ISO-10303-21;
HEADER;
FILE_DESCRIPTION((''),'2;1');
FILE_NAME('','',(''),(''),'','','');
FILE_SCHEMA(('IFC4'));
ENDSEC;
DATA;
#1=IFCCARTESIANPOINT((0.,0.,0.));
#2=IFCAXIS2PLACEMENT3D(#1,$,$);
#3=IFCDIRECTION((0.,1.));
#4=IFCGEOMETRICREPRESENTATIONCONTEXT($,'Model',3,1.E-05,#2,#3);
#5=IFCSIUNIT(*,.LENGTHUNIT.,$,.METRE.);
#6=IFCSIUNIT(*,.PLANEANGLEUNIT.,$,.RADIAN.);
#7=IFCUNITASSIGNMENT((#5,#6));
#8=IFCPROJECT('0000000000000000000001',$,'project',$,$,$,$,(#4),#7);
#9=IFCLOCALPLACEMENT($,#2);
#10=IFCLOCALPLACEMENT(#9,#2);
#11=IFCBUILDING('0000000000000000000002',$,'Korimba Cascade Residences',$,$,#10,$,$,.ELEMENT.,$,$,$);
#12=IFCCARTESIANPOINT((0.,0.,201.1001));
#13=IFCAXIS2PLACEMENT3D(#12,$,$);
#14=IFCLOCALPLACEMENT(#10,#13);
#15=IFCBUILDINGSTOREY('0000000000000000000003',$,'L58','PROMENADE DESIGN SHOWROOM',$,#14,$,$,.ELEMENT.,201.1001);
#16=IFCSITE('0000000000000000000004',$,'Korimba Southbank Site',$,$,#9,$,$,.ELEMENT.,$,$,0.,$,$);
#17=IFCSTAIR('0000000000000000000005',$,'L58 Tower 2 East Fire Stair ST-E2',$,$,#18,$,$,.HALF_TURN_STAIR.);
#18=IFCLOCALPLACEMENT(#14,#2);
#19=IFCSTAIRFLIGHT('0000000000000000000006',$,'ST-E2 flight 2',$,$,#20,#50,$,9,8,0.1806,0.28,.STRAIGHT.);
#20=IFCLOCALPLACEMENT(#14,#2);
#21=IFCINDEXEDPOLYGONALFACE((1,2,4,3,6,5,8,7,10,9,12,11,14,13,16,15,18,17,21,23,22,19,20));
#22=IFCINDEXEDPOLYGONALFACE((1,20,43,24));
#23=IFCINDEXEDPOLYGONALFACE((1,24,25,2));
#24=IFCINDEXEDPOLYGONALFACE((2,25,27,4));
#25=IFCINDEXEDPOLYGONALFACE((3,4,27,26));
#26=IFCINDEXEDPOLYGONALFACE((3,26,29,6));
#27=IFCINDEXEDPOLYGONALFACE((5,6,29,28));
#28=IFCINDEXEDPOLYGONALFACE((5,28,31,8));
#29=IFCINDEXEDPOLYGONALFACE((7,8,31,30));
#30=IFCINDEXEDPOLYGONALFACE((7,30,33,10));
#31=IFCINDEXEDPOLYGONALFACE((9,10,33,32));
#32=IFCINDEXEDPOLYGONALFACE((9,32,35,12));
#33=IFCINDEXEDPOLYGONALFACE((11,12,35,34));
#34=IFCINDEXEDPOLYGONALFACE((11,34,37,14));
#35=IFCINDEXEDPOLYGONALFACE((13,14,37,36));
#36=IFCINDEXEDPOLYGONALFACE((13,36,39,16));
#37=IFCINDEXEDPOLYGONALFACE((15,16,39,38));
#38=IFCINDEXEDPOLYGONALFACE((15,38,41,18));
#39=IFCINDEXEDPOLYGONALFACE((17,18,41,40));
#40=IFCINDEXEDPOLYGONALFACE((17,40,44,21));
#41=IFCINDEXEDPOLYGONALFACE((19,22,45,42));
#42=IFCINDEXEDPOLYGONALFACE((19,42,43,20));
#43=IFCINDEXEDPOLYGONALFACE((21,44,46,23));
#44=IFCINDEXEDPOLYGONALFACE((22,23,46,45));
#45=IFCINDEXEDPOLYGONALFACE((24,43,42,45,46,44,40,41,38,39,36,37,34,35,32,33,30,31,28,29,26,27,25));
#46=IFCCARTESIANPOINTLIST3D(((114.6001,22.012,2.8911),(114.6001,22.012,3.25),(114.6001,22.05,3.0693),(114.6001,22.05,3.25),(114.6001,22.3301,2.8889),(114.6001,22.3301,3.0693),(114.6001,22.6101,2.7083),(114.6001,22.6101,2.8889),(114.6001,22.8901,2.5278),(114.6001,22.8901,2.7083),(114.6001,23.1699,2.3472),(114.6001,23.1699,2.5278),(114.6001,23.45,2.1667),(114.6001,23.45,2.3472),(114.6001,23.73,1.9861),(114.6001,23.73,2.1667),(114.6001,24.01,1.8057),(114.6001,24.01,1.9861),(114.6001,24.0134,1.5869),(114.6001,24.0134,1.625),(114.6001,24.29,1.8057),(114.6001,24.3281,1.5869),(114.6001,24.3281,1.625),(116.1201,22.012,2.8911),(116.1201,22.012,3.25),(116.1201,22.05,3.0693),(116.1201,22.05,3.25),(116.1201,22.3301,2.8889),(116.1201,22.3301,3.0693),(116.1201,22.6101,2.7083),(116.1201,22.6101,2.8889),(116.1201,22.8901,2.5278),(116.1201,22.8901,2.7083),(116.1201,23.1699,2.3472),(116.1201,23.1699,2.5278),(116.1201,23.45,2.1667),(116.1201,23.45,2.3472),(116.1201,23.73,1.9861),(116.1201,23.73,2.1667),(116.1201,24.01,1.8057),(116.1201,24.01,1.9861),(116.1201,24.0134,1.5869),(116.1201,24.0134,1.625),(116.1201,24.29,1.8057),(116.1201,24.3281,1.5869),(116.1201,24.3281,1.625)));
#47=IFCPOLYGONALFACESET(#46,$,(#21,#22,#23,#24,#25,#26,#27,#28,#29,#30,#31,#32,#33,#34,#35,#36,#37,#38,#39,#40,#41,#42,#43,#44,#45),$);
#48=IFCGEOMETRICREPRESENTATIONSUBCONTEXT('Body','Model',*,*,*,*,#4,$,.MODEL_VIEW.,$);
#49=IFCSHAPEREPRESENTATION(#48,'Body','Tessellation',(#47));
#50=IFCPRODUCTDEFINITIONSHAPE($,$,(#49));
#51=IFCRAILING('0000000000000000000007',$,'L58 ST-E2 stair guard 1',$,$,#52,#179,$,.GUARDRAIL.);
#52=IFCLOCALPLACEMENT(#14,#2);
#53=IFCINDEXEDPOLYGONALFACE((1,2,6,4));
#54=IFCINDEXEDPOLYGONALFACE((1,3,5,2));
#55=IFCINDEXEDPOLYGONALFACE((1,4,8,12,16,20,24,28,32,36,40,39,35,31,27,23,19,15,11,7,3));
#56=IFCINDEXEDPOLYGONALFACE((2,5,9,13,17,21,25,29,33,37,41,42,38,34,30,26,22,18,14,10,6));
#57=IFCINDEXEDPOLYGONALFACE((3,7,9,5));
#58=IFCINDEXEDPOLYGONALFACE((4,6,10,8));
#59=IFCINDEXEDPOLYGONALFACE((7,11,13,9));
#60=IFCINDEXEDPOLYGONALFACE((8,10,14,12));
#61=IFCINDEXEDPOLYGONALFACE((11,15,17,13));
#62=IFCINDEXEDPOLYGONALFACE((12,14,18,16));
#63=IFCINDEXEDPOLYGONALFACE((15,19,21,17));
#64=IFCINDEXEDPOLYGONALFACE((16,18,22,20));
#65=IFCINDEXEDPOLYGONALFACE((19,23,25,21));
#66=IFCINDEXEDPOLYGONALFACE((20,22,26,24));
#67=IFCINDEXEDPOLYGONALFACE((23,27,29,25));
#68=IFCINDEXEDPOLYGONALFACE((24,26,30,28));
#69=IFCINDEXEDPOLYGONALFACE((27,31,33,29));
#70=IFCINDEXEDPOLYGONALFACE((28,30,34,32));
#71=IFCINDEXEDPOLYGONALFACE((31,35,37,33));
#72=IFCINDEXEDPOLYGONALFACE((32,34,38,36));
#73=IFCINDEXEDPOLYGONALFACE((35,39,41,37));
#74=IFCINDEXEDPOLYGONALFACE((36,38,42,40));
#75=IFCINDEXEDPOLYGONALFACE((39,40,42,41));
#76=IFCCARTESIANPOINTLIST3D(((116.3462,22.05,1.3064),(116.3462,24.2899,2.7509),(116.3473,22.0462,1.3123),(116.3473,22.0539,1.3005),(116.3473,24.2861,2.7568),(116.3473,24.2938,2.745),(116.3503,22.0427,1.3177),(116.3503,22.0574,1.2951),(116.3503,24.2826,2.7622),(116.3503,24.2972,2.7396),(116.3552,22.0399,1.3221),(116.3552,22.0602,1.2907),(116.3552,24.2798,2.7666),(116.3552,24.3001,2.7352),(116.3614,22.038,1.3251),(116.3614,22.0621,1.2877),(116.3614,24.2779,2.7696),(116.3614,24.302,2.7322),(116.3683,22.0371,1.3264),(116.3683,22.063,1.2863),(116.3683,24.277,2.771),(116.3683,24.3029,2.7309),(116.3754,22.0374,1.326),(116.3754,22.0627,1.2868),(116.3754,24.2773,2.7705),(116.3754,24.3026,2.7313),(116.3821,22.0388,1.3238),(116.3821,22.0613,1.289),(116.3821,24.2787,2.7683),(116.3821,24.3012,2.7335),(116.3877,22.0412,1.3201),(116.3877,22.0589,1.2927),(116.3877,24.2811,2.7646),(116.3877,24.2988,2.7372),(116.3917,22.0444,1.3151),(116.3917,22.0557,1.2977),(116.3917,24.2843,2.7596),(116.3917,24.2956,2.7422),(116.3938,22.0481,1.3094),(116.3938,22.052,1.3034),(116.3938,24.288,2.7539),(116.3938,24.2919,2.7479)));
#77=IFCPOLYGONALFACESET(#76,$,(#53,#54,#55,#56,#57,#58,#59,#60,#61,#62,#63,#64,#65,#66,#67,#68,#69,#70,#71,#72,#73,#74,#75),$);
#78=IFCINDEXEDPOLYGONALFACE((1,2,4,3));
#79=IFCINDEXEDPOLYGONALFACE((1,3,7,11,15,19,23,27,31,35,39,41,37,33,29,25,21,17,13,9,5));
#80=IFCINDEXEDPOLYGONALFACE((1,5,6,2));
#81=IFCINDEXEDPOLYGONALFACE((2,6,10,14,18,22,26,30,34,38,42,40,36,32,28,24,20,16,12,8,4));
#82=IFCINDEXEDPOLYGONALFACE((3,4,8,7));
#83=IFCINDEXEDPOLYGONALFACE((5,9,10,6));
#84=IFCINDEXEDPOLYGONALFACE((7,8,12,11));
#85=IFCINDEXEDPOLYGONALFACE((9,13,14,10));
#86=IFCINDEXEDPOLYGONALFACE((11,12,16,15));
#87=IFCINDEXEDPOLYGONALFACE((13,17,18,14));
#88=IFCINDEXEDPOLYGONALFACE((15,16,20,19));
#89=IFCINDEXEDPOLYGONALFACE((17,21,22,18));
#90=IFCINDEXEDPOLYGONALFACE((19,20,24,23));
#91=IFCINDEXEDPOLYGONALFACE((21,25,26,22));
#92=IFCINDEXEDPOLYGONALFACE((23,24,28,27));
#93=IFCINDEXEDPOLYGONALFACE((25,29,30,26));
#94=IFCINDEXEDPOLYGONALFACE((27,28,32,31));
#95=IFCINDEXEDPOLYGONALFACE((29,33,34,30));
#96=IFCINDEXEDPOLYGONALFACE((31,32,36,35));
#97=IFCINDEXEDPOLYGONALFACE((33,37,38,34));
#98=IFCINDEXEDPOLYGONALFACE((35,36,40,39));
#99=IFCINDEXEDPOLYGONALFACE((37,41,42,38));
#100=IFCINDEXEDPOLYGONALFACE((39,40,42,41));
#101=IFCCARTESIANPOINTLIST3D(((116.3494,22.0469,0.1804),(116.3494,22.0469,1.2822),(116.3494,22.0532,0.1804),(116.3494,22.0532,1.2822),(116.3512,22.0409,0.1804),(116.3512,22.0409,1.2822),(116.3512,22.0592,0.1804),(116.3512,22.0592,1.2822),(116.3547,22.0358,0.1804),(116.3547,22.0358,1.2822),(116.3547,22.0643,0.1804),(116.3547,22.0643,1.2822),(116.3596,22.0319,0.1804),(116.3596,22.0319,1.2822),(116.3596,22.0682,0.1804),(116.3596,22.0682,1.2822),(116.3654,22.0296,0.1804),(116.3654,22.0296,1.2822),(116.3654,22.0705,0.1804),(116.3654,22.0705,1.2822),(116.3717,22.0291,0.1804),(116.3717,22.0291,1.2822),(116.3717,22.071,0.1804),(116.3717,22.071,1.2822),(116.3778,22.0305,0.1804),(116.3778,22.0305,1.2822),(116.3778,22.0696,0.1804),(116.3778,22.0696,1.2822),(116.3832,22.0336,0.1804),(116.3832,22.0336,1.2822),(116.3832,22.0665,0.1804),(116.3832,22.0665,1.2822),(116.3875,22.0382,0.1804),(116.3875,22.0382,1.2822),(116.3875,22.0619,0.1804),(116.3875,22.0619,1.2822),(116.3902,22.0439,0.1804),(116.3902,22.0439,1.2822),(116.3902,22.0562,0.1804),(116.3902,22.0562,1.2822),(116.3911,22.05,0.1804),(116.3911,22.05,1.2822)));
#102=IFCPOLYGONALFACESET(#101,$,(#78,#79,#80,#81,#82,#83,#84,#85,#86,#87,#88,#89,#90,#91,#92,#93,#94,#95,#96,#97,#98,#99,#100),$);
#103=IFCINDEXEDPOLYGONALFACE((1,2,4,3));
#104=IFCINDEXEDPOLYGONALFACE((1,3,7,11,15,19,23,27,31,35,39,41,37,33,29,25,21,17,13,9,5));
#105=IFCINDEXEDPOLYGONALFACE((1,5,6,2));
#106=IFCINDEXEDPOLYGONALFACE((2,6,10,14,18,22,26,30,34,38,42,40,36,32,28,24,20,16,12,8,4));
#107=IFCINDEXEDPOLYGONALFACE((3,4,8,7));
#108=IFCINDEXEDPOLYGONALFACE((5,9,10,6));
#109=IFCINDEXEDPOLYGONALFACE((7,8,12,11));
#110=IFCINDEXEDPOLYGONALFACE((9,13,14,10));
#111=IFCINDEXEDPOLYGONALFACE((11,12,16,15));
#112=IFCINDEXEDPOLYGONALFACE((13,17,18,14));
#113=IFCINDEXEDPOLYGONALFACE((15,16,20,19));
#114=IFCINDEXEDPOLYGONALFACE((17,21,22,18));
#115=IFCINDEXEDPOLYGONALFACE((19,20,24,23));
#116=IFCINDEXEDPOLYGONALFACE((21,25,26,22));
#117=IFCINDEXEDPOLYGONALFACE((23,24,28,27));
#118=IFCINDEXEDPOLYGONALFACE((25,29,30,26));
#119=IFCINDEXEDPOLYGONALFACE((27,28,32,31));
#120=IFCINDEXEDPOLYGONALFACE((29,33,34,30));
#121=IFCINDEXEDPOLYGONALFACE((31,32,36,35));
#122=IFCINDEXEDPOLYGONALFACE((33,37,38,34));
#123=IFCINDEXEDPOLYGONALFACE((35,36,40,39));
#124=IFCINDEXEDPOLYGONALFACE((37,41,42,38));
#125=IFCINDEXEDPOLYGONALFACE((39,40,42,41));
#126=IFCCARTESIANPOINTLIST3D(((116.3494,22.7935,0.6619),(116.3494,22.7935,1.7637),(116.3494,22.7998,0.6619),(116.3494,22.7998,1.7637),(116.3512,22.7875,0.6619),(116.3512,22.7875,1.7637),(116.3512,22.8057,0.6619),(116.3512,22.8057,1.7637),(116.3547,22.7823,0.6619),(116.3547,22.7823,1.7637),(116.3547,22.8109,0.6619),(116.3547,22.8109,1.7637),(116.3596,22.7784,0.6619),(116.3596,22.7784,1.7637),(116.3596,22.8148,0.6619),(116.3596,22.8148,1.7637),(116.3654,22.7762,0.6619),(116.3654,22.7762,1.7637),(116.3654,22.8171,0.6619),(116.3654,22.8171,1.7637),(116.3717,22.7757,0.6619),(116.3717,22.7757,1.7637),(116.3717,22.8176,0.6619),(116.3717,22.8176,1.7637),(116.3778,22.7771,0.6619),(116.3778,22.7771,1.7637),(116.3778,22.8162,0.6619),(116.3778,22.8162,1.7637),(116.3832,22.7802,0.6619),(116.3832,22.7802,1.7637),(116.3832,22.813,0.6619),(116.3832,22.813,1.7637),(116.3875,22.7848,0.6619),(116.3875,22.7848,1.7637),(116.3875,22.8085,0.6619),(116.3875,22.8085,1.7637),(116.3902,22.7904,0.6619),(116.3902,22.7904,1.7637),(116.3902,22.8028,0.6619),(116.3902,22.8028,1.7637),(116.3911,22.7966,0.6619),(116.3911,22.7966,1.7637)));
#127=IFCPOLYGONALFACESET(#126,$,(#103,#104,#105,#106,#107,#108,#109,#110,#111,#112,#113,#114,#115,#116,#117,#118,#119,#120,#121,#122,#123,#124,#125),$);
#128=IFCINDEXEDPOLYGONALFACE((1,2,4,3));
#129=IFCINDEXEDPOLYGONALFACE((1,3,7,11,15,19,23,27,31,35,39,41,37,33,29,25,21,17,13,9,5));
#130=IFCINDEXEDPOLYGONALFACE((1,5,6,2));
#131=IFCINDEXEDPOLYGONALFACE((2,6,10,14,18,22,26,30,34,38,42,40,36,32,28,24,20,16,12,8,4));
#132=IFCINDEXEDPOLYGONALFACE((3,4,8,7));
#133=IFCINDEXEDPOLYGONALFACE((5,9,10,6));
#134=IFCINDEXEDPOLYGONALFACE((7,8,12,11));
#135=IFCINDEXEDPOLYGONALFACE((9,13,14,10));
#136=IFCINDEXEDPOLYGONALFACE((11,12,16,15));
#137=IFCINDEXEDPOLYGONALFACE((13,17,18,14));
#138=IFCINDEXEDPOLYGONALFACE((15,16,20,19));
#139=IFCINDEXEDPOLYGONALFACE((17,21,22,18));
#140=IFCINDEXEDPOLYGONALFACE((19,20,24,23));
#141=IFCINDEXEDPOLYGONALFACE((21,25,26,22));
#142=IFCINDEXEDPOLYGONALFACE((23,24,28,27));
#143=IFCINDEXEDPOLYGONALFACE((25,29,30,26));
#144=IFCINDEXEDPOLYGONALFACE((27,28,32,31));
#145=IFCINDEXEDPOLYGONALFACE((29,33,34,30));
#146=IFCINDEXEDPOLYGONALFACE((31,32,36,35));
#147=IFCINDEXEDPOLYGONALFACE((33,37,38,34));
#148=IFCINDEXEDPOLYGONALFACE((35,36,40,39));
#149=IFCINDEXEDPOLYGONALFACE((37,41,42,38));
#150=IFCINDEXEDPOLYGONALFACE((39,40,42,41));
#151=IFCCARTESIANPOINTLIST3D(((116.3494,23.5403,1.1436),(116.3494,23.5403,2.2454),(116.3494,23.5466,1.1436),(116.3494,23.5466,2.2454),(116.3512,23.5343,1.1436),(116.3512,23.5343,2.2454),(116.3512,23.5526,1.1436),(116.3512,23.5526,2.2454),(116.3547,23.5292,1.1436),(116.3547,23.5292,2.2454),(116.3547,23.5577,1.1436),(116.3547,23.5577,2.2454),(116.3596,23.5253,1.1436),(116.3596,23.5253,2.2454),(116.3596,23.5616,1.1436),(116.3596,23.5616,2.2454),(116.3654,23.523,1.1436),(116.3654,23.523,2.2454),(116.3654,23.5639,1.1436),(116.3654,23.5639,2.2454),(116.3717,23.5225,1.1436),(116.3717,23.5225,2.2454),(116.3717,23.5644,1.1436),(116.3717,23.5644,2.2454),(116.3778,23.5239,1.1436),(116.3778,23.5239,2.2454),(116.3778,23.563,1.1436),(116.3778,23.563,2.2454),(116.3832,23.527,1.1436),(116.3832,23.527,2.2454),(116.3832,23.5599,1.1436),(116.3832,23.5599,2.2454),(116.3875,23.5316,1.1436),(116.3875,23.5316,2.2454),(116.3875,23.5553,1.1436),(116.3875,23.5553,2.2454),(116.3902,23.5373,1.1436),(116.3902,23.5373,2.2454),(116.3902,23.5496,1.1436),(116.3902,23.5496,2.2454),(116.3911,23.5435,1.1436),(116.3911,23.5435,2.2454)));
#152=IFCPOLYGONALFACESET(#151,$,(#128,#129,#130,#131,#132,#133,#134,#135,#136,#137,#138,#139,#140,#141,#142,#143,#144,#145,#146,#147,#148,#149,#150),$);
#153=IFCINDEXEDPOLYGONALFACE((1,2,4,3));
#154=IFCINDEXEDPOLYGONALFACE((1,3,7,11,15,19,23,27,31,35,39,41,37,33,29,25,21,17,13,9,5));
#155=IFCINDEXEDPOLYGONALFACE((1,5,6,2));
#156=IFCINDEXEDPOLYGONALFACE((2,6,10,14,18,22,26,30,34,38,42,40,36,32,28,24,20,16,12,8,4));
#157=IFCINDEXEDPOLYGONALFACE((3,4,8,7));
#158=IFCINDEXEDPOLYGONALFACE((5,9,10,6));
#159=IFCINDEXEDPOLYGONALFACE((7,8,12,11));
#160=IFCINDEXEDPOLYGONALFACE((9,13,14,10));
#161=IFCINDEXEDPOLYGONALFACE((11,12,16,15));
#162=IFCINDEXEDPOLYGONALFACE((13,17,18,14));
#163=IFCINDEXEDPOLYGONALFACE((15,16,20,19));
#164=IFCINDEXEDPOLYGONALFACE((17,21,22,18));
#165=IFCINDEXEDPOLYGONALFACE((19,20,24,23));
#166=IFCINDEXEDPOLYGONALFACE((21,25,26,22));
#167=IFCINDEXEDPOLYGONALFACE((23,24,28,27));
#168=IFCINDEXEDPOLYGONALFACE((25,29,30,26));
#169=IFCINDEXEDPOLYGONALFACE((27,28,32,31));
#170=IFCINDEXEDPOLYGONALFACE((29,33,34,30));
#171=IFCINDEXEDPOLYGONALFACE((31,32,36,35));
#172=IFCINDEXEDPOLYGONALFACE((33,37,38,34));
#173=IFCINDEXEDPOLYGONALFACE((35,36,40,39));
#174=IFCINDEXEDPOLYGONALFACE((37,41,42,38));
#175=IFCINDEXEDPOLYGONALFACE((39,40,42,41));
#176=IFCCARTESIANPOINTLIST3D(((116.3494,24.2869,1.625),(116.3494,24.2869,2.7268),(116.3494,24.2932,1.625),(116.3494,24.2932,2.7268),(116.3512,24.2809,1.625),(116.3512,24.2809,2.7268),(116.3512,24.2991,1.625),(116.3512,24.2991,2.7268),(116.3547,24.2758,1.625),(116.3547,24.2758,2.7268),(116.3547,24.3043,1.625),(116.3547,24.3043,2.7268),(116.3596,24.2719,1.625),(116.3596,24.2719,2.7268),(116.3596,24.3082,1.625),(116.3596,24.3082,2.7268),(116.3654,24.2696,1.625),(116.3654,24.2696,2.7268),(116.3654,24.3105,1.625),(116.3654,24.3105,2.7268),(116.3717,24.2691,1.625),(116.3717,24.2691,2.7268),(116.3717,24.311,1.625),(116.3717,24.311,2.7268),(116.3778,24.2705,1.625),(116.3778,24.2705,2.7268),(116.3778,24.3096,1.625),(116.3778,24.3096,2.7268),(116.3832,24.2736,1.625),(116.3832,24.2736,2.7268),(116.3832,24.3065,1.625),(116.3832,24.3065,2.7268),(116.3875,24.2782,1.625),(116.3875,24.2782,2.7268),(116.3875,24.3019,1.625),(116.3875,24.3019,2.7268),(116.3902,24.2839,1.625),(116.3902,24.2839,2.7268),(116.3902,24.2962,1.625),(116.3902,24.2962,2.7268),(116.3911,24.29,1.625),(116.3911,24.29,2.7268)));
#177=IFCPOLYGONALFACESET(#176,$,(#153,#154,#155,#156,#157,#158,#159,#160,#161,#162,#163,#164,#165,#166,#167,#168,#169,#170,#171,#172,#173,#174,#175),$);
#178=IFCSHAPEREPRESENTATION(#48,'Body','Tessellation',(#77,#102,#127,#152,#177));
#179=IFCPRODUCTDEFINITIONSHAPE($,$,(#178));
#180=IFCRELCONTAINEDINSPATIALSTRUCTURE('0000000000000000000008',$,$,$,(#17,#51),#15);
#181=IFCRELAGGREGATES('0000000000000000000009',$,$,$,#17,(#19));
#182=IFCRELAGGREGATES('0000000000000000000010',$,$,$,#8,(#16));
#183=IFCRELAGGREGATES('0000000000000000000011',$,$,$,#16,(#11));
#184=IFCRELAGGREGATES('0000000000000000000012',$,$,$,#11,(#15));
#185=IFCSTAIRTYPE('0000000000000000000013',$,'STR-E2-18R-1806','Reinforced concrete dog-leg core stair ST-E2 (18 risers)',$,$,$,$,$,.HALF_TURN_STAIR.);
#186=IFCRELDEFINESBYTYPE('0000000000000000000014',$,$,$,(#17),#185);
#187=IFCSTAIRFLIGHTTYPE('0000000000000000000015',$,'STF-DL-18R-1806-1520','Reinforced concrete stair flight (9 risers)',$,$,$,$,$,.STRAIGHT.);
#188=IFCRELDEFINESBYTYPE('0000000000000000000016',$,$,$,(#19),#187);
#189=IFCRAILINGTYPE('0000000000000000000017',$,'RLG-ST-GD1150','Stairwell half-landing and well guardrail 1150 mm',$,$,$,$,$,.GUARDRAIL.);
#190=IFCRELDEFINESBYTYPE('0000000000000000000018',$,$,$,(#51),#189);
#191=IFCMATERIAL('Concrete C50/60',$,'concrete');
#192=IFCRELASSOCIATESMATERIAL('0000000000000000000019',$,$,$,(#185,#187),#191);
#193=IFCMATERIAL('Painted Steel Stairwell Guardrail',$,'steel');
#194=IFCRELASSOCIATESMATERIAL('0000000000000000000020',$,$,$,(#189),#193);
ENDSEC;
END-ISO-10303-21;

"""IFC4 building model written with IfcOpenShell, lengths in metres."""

from ifc_helpers import new_model, si_unit, direction, frame, origin, origin_2d, place, context, subcontext, project, spatial, polyline, circle, outline, extrude, material, type_object, element, aggregate, save


model = new_model("IFC4")

# Units and contexts
model_context = context("Model", 3, precision=1e-05, world=origin(), true_north=direction((0.0, 1.0)))
body_context = subcontext(model_context, "Body", "Model", "MODEL_VIEW")
ifc_project = project(units=[si_unit("LENGTHUNIT", "METRE"), si_unit("PLANEANGLEUNIT", "RADIAN")], contexts=[model_context])

# Site, building, storey
site_placement = place(None, origin())
site = spatial("IfcSite", under=ifc_project, at=site_placement, Name="Korimba Southbank Site", CompositionType="ELEMENT", RefElevation=0.0)
building_placement = place(site_placement, origin())
building = spatial("IfcBuilding", under=site, at=building_placement, Name="Korimba Cascade Residences", CompositionType="ELEMENT")
storey_placement = place(building_placement, frame((0.0, 0.0, 201.1001)))
storey = spatial("IfcBuildingStorey", under=building, at=storey_placement, Name="L58", Description="PROMENADE DESIGN SHOWROOM", CompositionType="ELEMENT", Elevation=201.1001)

# Shared definitions
ifc_material_1 = material(Name="Concrete C50/60", Category="concrete")

# Stair, stair flight
stair_type = type_object("IfcStairType", Name="STR-E2-18R-1806", Description="Reinforced concrete dog-leg core stair ST-E2 (18 risers)", PredefinedType="HALF_TURN_STAIR", material=ifc_material_1)
stair_placement = place(storey_placement, origin())
stair = element("IfcStair", 1, at=stair_placement, inside=storey, type_object=stair_type, Name="L58 Tower 2 East Fire Stair ST-E2", PredefinedType="HALF_TURN_STAIR")
stair_flight_type = type_object("IfcStairFlightType", Name="STF-DL-18R-1806-1520", Description="Reinforced concrete stair flight (9 risers)", PredefinedType="STRAIGHT", material=ifc_material_1)
stair_flight_1_placement = place(storey_placement, frame((115.3601, 24.29, 1.625), z_axis=(0.0, 0.0, 1.0), x_axis=(0.0, -1.0, 0.0)))
stair_flight_1 = element("IfcStairFlight", 2, at=stair_flight_1_placement, type_object=stair_flight_type, Name="ST-E2 flight 2", NumberOfRisers=9, NumberOfTreads=8, PredefinedType="STRAIGHT", RiserHeight=0.1806, TreadLength=0.28, context=body_context, shape_type="SweptSolid", body=[
    extrude(outline(polyline([(-0.0381, 0.0), (0.0, 0.1807), (0.28, 0.1807), (0.28, 0.3611), (0.5601, 0.3611), (0.5601, 0.5417), (0.8401, 0.5417), (0.8401, 0.7222), (1.1201, 0.7222), (1.1201, 0.9028), (1.3999, 0.9028), (1.3999, 1.0833), (1.6799, 1.0833), (1.6799, 1.2639), (1.96, 1.2639), (1.96, 1.4443), (2.24, 1.4443), (2.24, 1.625), (2.2781, 1.625), (2.2781, 1.2661), (0.2766, 0.0), (0.2766, -0.0381), (-0.0381, -0.0381), (-0.0381, 0.0)])), frame((0.0, 0.76, 0.0), z_axis=(0.0, -1.0, 0.0), x_axis=(1.0, 0.0, 0.0)), (0.0, 0.0, 1.0), 1.52),
])
aggregate(stair, [stair_flight_1])

# Railing
ifc_material_2 = material(Name="Painted Steel Stairwell Guardrail", Category="steel")
railing_type_1 = type_object("IfcRailingType", Name="RLG-ST-GD1150", Description="Stairwell half-landing and well guardrail 1150 mm", PredefinedType="GUARDRAIL", material=ifc_material_2)
railing_1_placement = place(storey_placement, frame((116.3701, 22.05, 0.1804)))
element("IfcRailing", 3, at=railing_1_placement, inside=storey, type_object=railing_type_1, Name="L58 ST-E2 stair guard 1", PredefinedType="GUARDRAIL", context=body_context, shape_type="SweptSolid", body=[
    extrude(circle(Radius=0.0239, at=origin_2d()), frame((0.0, 0.0, 1.126), z_axis=(0.0, 0.840395, 0.541975), x_axis=(-1.0, 0.0, 0.0)), (0.0, 0.0, 1.0), 2.6653),
    extrude(circle(Radius=0.021, at=origin_2d()), origin(), (0.0, 0.0, 1.0), 1.1018),
    extrude(circle(Radius=0.021, at=origin_2d()), frame((0.0, 0.7466, 0.4814)), (0.0, 0.0, 1.0), 1.1018),
    extrude(circle(Radius=0.021, at=origin_2d()), frame((0.0, 1.4934, 0.9631)), (0.0, 0.0, 1.0), 1.1018),
    extrude(circle(Radius=0.021, at=origin_2d()), frame((0.0, 2.24, 1.4446)), (0.0, 0.0, 1.0), 1.1018),
])

save(model, "model.ifc")
